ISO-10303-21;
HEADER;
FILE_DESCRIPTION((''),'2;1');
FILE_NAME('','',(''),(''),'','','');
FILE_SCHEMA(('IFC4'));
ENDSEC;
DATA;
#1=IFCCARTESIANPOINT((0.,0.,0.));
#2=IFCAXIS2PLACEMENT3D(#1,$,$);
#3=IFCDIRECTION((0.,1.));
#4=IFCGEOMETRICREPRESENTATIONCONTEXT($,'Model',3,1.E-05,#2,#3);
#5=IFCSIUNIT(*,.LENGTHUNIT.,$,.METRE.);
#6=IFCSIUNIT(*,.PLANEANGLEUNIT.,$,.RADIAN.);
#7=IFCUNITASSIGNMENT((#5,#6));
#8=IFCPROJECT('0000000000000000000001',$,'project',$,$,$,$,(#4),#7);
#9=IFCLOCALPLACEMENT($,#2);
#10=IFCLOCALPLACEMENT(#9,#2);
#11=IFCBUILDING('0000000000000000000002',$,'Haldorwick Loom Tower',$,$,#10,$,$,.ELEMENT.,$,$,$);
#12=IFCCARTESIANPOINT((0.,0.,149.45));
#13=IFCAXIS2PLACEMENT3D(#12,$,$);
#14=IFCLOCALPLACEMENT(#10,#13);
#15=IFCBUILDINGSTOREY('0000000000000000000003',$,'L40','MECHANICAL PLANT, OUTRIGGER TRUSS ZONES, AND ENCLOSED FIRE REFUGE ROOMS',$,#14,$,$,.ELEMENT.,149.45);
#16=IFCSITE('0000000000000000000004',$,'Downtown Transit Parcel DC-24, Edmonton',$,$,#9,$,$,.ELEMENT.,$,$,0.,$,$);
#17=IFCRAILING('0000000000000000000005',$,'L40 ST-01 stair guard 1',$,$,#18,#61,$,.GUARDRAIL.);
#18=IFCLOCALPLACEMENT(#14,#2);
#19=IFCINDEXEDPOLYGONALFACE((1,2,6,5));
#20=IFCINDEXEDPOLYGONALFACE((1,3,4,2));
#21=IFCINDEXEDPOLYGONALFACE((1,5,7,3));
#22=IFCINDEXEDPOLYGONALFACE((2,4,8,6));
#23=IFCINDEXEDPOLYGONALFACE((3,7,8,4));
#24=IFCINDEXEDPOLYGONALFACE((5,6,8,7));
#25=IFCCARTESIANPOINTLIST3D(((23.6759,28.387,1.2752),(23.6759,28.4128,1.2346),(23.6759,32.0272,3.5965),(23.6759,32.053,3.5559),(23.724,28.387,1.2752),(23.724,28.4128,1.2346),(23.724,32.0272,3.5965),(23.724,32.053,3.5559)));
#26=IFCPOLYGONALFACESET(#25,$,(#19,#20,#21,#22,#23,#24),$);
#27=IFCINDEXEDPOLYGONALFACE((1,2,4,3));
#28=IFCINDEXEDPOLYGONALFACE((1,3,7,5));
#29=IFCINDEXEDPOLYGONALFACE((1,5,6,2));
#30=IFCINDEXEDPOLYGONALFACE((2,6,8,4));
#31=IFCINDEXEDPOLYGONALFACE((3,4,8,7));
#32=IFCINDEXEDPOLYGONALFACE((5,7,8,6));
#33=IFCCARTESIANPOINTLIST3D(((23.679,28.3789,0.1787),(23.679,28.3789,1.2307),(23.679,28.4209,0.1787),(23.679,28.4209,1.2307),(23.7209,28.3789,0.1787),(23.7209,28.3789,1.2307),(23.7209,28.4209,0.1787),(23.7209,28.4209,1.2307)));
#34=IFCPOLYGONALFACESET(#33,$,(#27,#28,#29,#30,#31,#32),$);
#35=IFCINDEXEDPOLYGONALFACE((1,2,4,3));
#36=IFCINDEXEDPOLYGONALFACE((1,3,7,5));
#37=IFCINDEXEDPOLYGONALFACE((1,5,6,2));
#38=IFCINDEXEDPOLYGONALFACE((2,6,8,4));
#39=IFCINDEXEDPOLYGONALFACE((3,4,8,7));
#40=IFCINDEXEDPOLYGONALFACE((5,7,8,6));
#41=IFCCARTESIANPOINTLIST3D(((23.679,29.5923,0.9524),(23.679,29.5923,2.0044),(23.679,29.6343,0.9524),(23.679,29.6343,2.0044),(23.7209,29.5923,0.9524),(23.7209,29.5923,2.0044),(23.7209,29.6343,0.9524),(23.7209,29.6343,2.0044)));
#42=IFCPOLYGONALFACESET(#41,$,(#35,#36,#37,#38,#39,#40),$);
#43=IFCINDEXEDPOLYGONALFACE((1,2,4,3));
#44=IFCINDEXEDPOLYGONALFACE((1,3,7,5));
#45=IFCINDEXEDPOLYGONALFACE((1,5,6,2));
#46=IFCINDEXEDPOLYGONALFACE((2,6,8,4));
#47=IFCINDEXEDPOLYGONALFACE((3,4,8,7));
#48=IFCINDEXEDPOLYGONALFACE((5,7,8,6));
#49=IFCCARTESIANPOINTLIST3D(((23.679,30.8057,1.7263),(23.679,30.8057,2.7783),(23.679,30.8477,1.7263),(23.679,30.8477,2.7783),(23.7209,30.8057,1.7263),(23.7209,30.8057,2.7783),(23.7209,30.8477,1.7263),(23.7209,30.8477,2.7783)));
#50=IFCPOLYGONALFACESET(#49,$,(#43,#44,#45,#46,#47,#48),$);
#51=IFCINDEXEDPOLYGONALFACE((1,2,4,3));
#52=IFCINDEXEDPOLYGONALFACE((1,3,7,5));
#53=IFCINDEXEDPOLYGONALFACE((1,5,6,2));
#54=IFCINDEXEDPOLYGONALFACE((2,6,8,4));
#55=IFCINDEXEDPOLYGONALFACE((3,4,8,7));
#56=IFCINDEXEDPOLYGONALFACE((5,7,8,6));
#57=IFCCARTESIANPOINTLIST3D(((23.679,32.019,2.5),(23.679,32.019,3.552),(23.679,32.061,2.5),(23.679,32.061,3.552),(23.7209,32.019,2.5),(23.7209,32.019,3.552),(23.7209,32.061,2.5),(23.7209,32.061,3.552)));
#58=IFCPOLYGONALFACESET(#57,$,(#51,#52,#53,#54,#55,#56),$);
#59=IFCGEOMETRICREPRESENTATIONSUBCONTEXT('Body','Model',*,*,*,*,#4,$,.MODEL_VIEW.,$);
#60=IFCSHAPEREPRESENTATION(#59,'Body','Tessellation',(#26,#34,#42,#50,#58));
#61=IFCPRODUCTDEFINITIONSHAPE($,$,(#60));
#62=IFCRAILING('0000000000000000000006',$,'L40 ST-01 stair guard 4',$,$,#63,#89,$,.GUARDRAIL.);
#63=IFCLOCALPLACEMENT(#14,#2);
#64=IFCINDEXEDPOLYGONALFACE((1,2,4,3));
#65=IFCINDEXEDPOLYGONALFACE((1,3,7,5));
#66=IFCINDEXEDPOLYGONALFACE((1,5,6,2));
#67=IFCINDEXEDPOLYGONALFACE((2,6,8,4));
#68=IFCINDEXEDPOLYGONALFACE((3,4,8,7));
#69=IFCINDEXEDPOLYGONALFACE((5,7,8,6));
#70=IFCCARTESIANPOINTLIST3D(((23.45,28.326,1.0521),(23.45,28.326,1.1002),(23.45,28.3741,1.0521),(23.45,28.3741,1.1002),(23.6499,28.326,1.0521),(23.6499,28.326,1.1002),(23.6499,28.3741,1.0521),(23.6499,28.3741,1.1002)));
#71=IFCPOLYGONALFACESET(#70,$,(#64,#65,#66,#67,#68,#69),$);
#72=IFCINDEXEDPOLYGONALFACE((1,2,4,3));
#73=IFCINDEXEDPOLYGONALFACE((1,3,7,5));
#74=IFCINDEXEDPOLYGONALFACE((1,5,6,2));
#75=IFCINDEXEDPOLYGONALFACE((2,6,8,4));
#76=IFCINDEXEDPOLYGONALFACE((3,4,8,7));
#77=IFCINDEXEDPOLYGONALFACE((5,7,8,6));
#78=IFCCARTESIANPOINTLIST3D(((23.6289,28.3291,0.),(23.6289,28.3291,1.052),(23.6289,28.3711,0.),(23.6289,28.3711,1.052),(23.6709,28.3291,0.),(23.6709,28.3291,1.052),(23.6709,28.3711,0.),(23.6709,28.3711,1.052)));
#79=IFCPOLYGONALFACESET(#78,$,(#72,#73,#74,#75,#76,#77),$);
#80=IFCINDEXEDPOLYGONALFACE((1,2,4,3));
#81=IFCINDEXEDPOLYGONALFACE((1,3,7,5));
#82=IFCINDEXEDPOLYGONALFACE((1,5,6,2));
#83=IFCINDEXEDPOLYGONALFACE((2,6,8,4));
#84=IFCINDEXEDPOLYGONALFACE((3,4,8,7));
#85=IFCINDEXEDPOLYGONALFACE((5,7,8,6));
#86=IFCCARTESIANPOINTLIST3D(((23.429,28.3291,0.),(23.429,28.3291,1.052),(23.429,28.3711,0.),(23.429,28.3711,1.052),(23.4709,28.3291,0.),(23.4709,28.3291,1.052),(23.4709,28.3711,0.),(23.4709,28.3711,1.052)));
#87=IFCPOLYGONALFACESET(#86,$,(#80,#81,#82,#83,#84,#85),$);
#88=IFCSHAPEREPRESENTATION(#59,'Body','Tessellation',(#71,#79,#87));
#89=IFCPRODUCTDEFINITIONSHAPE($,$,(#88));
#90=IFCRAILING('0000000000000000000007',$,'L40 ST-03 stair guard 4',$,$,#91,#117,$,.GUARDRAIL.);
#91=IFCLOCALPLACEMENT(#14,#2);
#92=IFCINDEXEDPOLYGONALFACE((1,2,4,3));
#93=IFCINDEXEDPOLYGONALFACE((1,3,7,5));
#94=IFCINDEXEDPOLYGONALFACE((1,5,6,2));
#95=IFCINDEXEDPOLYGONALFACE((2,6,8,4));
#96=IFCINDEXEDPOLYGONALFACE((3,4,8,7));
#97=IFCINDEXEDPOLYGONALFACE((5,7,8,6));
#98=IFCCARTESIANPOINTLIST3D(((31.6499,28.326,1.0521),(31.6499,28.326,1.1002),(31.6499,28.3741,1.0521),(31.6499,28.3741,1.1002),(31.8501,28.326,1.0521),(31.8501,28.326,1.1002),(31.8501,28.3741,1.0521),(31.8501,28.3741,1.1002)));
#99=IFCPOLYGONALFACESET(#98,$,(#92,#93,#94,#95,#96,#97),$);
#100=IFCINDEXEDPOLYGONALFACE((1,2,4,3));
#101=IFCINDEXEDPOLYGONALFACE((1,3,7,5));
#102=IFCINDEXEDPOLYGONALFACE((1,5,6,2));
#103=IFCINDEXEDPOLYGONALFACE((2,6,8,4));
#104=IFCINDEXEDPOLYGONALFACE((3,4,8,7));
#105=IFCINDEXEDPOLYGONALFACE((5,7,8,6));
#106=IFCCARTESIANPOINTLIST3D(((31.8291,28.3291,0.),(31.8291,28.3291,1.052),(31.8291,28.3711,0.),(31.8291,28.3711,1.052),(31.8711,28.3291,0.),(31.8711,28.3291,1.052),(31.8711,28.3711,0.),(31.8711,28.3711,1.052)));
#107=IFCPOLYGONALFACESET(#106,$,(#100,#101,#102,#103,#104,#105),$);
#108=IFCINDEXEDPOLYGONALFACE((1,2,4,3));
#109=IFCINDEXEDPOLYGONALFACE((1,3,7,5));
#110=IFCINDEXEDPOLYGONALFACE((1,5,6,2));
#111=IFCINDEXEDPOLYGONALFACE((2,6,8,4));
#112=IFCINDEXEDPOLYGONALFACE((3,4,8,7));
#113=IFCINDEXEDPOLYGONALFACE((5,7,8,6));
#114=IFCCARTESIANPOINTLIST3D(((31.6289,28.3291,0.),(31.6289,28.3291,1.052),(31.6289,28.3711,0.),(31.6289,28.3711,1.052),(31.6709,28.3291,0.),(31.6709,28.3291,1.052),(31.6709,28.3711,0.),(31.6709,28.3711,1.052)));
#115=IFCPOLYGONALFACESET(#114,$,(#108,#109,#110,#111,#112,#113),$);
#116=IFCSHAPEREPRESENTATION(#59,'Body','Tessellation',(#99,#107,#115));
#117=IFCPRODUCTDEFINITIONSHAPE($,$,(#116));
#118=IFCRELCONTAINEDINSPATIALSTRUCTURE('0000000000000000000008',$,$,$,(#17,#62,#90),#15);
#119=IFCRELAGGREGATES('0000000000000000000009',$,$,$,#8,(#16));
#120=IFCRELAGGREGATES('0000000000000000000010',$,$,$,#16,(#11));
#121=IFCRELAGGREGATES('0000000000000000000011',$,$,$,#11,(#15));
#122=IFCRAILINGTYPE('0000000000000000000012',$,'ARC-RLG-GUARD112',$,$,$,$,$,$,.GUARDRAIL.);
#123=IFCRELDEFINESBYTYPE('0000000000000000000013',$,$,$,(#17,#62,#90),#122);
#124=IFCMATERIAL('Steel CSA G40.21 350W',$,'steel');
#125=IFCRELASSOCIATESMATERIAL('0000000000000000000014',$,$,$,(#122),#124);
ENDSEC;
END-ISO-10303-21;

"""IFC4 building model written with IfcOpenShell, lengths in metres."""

from ifc_helpers import new_model, si_unit, direction, frame, origin, origin_2d, place, context, subcontext, project, spatial, rectangle, extrude, material, type_object, element, save


model = new_model("IFC4")

# Units and contexts
model_context = context("Model", 3, precision=1e-05, world=origin(), true_north=direction((0.0, 1.0)))
body_context = subcontext(model_context, "Body", "Model", "MODEL_VIEW")
ifc_project = project(units=[si_unit("LENGTHUNIT", "METRE"), si_unit("PLANEANGLEUNIT", "RADIAN")], contexts=[model_context])

# Site, building, storey
site_placement = place(None, origin())
site = spatial("IfcSite", under=ifc_project, at=site_placement, Name="Downtown Transit Parcel DC-24, Edmonton", CompositionType="ELEMENT", RefElevation=0.0)
building_placement = place(site_placement, origin())
building = spatial("IfcBuilding", under=site, at=building_placement, Name="Haldorwick Loom Tower", CompositionType="ELEMENT")
storey_placement = place(building_placement, frame((0.0, 0.0, 149.45)))
storey = spatial("IfcBuildingStorey", under=building, at=storey_placement, Name="L40", Description="MECHANICAL PLANT, OUTRIGGER TRUSS ZONES, AND ENCLOSED FIRE REFUGE ROOMS", CompositionType="ELEMENT", Elevation=149.45)

# Railings
ifc_material_1 = material(Name="Steel CSA G40.21 350W", Category="steel")
railing_type = type_object("IfcRailingType", Name="ARC-RLG-GUARD112", PredefinedType="GUARDRAIL", material=ifc_material_1)
railing_1_placement = place(storey_placement, frame((23.7, 28.3999, 0.1787)))
element("IfcRailing", 1, at=railing_1_placement, inside=storey, type_object=railing_type, Name="L40 ST-01 stair guard 1", PredefinedType="GUARDRAIL", context=body_context, shape_type="SweptSolid", body=[
    extrude(rectangle(XDim=0.0481, YDim=0.0481, at=origin_2d()), frame((0.0, 0.0, 1.0762), z_axis=(0.0, 0.843153, 0.537673), x_axis=(-1.0, 0.0, 0.0)), (0.0, 0.0, 1.0), 4.3174),
    extrude(rectangle(XDim=0.042, YDim=0.042, at=origin_2d()), origin(), (0.0, 0.0, 1.0), 1.052),
    extrude(rectangle(XDim=0.042, YDim=0.042, at=origin_2d()), frame((0.0, 1.2134, 0.7737)), (0.0, 0.0, 1.0), 1.052),
    extrude(rectangle(XDim=0.042, YDim=0.042, at=origin_2d()), frame((0.0, 2.4268, 1.5476)), (0.0, 0.0, 1.0), 1.052),
    extrude(rectangle(XDim=0.042, YDim=0.042, at=origin_2d()), frame((0.0, 3.6401, 2.3213)), (0.0, 0.0, 1.0), 1.052),
])
railing_2_placement = place(storey_placement, frame((23.6499, 28.3501, 0.0)))
element("IfcRailing", 2, at=railing_2_placement, inside=storey, type_object=railing_type, Name="L40 ST-01 stair guard 4", PredefinedType="GUARDRAIL", context=body_context, shape_type="SweptSolid", body=[
    extrude(rectangle(XDim=0.0481, YDim=0.0481, at=origin_2d()), frame((0.0, 0.0, 1.0762), z_axis=(-1.0, 0.0, 0.0), x_axis=(0.0, -1.0, 0.0)), (0.0, 0.0, 1.0), 0.2),
    extrude(rectangle(XDim=0.042, YDim=0.042, at=origin_2d()), origin(), (0.0, 0.0, 1.0), 1.052),
    extrude(rectangle(XDim=0.042, YDim=0.042, at=origin_2d()), frame((-0.2, 0.0, 0.0)), (0.0, 0.0, 1.0), 1.052),
])
railing_3_placement = place(storey_placement, frame((31.8501, 28.3501, 0.0)))
element("IfcRailing", 3, at=railing_3_placement, inside=storey, type_object=railing_type, Name="L40 ST-03 stair guard 4", PredefinedType="GUARDRAIL", context=body_context, shape_type="SweptSolid", body=[
    extrude(rectangle(XDim=0.0481, YDim=0.0481, at=origin_2d()), frame((0.0, 0.0, 1.0762), z_axis=(-1.0, 0.0, 0.0), x_axis=(0.0, -1.0, 0.0)), (0.0, 0.0, 1.0), 0.2002),
    extrude(rectangle(XDim=0.042, YDim=0.042, at=origin_2d()), origin(), (0.0, 0.0, 1.0), 1.052),
    extrude(rectangle(XDim=0.042, YDim=0.042, at=origin_2d()), frame((-0.2002, 0.0, 0.0)), (0.0, 0.0, 1.0), 1.052),
])

save(model, "model.ifc")
